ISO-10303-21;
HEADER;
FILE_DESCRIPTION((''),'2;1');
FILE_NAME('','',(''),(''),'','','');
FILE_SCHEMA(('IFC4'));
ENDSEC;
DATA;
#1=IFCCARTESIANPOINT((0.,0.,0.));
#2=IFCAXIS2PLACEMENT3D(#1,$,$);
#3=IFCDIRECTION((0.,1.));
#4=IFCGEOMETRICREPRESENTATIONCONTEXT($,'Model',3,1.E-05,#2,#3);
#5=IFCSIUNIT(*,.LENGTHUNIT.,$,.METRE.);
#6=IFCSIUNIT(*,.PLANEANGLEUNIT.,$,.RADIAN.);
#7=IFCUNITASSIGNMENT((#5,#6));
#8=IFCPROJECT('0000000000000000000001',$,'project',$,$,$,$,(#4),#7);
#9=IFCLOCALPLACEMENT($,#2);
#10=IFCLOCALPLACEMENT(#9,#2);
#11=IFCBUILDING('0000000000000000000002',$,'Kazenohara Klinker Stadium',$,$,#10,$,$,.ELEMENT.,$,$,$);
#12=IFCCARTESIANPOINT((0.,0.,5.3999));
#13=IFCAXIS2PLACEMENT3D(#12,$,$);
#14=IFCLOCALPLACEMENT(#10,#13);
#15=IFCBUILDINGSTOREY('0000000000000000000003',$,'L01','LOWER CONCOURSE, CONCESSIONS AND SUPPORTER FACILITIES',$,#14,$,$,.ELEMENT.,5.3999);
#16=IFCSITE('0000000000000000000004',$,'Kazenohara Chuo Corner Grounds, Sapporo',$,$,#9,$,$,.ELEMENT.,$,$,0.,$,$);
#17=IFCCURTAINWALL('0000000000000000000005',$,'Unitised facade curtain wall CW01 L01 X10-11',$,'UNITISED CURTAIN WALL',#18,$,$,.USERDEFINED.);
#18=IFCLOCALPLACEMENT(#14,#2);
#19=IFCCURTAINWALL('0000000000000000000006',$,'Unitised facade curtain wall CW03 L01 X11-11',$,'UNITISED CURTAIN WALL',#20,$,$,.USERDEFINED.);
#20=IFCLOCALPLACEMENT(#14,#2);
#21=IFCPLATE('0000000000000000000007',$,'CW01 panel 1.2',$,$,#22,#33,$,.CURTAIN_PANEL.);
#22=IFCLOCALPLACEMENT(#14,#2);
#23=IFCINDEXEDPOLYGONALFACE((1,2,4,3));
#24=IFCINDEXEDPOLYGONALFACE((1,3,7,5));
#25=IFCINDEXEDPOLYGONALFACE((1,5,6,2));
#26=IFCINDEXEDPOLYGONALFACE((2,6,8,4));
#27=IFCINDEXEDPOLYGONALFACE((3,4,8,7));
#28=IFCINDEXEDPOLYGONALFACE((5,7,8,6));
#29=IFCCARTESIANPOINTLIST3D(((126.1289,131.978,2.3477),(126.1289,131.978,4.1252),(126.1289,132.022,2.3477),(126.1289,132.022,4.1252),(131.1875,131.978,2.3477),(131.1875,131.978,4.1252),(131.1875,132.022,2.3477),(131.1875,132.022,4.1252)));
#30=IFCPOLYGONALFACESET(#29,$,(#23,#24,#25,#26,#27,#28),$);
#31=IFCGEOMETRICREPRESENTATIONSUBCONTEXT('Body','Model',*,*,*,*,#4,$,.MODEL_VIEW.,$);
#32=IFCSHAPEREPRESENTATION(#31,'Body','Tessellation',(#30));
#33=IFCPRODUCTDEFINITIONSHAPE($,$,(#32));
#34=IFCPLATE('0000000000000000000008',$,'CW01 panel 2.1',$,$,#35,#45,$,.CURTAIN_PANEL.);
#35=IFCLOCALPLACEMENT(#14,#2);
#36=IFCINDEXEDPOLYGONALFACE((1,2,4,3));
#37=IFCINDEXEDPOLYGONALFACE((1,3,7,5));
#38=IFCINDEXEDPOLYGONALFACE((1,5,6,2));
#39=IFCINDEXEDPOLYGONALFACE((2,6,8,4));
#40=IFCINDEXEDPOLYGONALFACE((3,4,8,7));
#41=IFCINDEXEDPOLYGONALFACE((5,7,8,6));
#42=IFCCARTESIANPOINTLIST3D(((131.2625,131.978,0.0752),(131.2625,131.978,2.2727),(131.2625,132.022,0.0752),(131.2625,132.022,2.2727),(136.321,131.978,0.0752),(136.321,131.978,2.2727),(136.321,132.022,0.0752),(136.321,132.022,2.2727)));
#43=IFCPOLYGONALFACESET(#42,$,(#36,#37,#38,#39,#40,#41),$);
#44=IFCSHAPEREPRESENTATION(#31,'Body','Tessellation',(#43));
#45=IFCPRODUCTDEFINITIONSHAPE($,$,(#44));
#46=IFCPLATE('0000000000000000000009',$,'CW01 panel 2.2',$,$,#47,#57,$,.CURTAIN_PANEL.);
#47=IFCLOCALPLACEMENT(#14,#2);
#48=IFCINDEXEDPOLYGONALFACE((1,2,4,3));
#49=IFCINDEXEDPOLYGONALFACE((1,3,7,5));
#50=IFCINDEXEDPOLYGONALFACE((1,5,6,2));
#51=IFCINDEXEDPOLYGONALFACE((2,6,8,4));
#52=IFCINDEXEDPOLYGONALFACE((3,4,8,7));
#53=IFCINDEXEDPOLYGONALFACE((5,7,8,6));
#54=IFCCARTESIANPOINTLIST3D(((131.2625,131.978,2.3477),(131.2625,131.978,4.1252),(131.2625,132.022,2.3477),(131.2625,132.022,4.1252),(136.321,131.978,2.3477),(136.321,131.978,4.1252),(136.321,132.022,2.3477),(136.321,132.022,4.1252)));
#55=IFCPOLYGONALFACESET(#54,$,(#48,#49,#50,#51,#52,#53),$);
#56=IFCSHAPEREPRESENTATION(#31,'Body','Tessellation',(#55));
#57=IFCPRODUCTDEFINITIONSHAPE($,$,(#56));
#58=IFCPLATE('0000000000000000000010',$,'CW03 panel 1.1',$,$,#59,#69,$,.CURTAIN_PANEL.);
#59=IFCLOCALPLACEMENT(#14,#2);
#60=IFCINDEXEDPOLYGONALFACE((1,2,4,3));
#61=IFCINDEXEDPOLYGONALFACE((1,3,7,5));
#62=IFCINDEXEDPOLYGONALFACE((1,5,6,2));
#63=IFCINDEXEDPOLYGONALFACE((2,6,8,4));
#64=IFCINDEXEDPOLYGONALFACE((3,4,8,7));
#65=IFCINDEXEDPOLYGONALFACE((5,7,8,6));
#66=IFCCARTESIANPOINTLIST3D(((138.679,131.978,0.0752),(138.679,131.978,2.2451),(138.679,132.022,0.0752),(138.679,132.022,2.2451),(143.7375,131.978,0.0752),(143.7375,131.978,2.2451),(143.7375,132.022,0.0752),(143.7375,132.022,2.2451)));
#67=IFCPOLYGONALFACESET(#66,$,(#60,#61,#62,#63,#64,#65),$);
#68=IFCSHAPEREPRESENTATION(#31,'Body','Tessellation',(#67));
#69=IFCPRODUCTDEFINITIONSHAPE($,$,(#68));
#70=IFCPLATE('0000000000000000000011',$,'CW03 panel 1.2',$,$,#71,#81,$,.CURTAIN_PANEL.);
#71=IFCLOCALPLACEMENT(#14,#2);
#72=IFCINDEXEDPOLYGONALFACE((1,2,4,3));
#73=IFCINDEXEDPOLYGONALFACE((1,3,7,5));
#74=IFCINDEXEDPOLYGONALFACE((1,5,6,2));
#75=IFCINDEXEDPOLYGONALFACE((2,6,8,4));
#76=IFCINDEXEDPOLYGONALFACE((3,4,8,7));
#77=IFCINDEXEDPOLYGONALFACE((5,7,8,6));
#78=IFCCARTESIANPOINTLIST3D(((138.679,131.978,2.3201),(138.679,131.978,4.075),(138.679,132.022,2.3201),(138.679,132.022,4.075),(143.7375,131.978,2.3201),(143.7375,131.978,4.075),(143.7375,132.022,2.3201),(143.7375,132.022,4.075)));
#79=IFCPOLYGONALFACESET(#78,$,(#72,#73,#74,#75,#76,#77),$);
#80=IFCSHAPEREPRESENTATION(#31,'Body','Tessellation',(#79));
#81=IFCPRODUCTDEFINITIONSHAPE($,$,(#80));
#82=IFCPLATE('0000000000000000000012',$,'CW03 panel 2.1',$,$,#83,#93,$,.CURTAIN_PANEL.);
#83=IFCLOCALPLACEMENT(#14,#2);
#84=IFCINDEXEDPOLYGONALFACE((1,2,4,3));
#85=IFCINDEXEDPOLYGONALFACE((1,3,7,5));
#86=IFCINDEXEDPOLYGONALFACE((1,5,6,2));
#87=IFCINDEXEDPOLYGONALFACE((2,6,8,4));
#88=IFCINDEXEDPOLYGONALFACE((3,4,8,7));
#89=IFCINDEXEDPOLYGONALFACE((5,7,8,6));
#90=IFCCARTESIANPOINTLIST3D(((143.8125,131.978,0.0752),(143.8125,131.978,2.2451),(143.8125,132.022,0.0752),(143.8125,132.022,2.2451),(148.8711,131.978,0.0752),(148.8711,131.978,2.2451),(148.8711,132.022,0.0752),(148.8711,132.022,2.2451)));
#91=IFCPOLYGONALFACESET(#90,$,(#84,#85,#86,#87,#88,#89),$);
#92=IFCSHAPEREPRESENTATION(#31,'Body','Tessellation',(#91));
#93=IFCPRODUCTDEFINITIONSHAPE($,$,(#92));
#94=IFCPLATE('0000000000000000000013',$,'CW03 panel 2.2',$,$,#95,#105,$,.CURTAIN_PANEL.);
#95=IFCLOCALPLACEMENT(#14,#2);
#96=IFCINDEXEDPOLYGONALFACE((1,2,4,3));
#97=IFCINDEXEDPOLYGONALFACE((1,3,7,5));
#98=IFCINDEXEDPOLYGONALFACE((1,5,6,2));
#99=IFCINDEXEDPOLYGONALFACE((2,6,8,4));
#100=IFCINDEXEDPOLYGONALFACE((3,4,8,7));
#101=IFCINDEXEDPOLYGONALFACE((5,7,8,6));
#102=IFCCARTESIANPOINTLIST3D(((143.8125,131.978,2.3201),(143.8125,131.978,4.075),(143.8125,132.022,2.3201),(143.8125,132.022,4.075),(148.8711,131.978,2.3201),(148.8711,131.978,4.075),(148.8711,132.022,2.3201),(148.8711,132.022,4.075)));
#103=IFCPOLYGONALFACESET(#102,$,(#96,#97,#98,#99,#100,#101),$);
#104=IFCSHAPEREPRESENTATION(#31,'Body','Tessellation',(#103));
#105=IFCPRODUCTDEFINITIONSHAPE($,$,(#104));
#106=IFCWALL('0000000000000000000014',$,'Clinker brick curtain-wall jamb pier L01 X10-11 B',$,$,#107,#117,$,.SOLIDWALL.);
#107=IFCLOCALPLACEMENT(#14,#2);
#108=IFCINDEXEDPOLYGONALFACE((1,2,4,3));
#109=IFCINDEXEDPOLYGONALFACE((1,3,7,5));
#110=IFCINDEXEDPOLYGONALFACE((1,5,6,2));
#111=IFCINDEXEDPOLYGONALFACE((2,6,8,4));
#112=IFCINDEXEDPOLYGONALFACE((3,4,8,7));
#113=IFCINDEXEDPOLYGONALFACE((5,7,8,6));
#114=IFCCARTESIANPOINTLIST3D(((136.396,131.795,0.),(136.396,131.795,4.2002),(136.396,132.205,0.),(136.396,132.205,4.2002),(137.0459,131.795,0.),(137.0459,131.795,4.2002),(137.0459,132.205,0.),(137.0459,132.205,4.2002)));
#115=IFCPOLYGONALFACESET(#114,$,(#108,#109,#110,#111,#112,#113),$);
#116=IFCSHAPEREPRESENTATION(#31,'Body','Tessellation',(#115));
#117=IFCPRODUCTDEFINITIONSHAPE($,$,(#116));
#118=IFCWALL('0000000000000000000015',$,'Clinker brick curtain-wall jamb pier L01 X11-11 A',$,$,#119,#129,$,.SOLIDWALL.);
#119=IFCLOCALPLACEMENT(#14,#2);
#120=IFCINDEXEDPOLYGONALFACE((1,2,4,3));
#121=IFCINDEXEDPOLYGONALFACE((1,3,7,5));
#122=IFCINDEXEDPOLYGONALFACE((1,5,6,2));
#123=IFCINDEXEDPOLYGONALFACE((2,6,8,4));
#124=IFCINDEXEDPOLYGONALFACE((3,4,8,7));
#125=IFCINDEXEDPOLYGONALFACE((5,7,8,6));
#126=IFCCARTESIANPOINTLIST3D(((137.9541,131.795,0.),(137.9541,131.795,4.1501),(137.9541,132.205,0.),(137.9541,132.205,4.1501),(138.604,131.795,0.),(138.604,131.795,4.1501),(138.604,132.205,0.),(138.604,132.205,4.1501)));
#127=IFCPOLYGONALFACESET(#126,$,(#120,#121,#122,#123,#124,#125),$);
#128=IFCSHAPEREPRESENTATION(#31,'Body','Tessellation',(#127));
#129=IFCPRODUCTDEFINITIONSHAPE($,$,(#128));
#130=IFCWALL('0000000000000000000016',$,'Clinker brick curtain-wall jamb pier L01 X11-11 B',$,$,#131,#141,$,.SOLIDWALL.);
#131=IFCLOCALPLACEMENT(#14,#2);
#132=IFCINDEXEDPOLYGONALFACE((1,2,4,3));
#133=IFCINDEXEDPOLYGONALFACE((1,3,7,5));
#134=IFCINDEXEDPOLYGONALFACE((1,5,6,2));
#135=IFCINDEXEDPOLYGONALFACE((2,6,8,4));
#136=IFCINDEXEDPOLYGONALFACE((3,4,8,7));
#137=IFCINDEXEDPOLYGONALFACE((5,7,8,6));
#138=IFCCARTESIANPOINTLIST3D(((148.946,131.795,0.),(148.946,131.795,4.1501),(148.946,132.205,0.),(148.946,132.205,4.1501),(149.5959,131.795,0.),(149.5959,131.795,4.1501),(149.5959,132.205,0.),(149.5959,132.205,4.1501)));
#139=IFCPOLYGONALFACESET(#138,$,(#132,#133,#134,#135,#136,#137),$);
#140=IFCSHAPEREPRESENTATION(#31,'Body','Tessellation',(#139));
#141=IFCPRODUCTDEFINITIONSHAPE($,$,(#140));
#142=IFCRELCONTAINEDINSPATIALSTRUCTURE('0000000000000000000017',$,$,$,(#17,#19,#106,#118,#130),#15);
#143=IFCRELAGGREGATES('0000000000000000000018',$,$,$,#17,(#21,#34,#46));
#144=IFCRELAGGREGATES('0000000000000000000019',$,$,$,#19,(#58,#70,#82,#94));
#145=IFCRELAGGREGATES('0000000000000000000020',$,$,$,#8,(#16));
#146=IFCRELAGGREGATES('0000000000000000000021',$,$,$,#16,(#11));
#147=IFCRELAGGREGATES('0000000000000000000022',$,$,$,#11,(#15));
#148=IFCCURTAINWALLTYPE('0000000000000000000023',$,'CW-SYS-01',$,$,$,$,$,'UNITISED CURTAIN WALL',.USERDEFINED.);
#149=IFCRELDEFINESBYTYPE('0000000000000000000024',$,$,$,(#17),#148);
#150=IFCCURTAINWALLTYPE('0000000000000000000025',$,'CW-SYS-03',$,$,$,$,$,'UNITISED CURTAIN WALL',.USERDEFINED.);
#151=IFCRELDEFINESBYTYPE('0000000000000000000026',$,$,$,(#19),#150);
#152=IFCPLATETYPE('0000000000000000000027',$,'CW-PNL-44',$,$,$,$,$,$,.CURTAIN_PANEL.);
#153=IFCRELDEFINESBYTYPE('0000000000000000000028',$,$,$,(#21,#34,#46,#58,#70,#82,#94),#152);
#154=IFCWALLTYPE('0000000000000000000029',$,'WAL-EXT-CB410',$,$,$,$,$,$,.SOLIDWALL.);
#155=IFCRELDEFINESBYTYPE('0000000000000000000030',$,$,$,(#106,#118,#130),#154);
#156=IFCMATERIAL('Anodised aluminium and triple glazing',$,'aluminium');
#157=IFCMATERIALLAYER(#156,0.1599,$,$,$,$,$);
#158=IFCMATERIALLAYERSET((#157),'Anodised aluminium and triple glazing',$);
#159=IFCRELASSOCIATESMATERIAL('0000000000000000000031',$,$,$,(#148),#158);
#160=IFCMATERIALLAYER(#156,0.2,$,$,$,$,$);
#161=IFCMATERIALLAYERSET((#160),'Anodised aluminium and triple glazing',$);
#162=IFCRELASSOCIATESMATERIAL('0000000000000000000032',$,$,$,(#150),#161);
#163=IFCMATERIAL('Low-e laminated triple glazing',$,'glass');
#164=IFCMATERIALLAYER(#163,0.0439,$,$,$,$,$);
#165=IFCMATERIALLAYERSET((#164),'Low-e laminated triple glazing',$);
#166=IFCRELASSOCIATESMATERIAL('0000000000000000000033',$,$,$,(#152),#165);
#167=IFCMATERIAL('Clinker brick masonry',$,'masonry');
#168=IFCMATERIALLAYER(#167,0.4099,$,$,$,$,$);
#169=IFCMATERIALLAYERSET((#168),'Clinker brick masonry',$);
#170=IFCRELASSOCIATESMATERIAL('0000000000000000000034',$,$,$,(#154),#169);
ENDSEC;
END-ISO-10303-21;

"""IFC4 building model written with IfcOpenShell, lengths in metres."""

from ifc_helpers import new_model, si_unit, direction, frame, frame_2d, origin, origin_2d, place, context, subcontext, project, spatial, rectangle, extrude, material, layer, layer_set, type_object, element, aggregate, save


model = new_model("IFC4")

# Units and contexts
model_context = context("Model", 3, precision=1e-05, world=origin(), true_north=direction((0.0, 1.0)))
body_context = subcontext(model_context, "Body", "Model", "MODEL_VIEW")
ifc_project = project(units=[si_unit("LENGTHUNIT", "METRE"), si_unit("PLANEANGLEUNIT", "RADIAN")], contexts=[model_context])

# Site, building, storey
site_placement = place(None, origin())
site = spatial("IfcSite", under=ifc_project, at=site_placement, Name="Kazenohara Chuo Corner Grounds, Sapporo", CompositionType="ELEMENT", RefElevation=0.0)
building_placement = place(site_placement, origin())
building = spatial("IfcBuilding", under=site, at=building_placement, Name="Kazenohara Klinker Stadium", CompositionType="ELEMENT")
storey_placement = place(building_placement, frame((0.0, 0.0, 5.3999)))
storey = spatial("IfcBuildingStorey", under=building, at=storey_placement, Name="L01", Description="LOWER CONCOURSE, CONCESSIONS AND SUPPORTER FACILITIES", CompositionType="ELEMENT", Elevation=5.3999)

# Curtain walls
ifc_material_1 = material(Name="Anodised aluminium and triple glazing", Category="aluminium")
ifc_layer_1 = layer(ifc_material_1, 0.1599)
ifc_layer_set_1 = layer_set([ifc_layer_1], Name="Anodised aluminium and triple glazing")
curtain_wall_type_1 = type_object("IfcCurtainWallType", Name="CW-SYS-01", ElementType="UNITISED CURTAIN WALL", PredefinedType="USERDEFINED", material=ifc_layer_set_1)
curtain_wall_1_placement = place(storey_placement, origin())
curtain_wall_1 = element("IfcCurtainWall", 1, at=curtain_wall_1_placement, inside=storey, type_object=curtain_wall_type_1, Name="Unitised facade curtain wall CW01 L01 X10-11", ObjectType="UNITISED CURTAIN WALL", PredefinedType="USERDEFINED")
ifc_layer_2 = layer(ifc_material_1, 0.2)
ifc_layer_set_2 = layer_set([ifc_layer_2], Name="Anodised aluminium and triple glazing")
curtain_wall_type_2 = type_object("IfcCurtainWallType", Name="CW-SYS-03", ElementType="UNITISED CURTAIN WALL", PredefinedType="USERDEFINED", material=ifc_layer_set_2)
curtain_wall_2_placement = place(storey_placement, origin())
curtain_wall_2 = element("IfcCurtainWall", 2, at=curtain_wall_2_placement, inside=storey, type_object=curtain_wall_type_2, Name="Unitised facade curtain wall CW03 L01 X11-11", ObjectType="UNITISED CURTAIN WALL", PredefinedType="USERDEFINED")

# Plates
ifc_material_2 = material(Name="Low-e laminated triple glazing", Category="glass")
ifc_layer_3 = layer(ifc_material_2, 0.0439)
ifc_layer_set_3 = layer_set([ifc_layer_3], Name="Low-e laminated triple glazing")
plate_type = type_object("IfcPlateType", Name="CW-PNL-44", PredefinedType="CURTAIN_PANEL", material=ifc_layer_set_3)
plate_1_placement = place(storey_placement, frame((128.6582, 132.0, 2.3477), z_axis=(0.0, 0.0, 1.0), x_axis=(1.0, 0.0, 0.0)))
plate_1 = element("IfcPlate", 3, at=plate_1_placement, type_object=plate_type, Name="CW01 panel 1.2", PredefinedType="CURTAIN_PANEL", context=body_context, shape_type="SweptSolid", body=[
    extrude(rectangle(XDim=5.0586, YDim=0.0439, at=origin_2d()), origin(), (0.0, 0.0, 1.0), 1.7776),
])
plate_2_placement = place(storey_placement, frame((133.7917, 132.0, 0.0752), z_axis=(0.0, 0.0, 1.0), x_axis=(1.0, 0.0, 0.0)))
plate_2 = element("IfcPlate", 4, at=plate_2_placement, type_object=plate_type, Name="CW01 panel 2.1", PredefinedType="CURTAIN_PANEL", context=body_context, shape_type="SweptSolid", body=[
    extrude(rectangle(XDim=5.0586, YDim=0.0439, at=origin_2d()), origin(), (0.0, 0.0, 1.0), 2.1975),
])
plate_3_placement = place(storey_placement, frame((133.7917, 132.0, 2.3477), z_axis=(0.0, 0.0, 1.0), x_axis=(1.0, 0.0, 0.0)))
plate_3 = element("IfcPlate", 5, at=plate_3_placement, type_object=plate_type, Name="CW01 panel 2.2", PredefinedType="CURTAIN_PANEL", context=body_context, shape_type="SweptSolid", body=[
    extrude(rectangle(XDim=5.0586, YDim=0.0439, at=origin_2d()), origin(), (0.0, 0.0, 1.0), 1.7776),
])
aggregate(curtain_wall_1, [plate_1, plate_2, plate_3])
plate_4_placement = place(storey_placement, frame((141.2083, 132.0, 0.0752), z_axis=(0.0, 0.0, 1.0), x_axis=(1.0, 0.0, 0.0)))
plate_4 = element("IfcPlate", 6, at=plate_4_placement, type_object=plate_type, Name="CW03 panel 1.1", PredefinedType="CURTAIN_PANEL", context=body_context, shape_type="SweptSolid", body=[
    extrude(rectangle(XDim=5.0586, YDim=0.0439, at=origin_2d()), origin(), (0.0, 0.0, 1.0), 2.1699),
])
plate_5_placement = place(storey_placement, frame((141.2083, 132.0, 2.3201), z_axis=(0.0, 0.0, 1.0), x_axis=(1.0, 0.0, 0.0)))
plate_5 = element("IfcPlate", 7, at=plate_5_placement, type_object=plate_type, Name="CW03 panel 1.2", PredefinedType="CURTAIN_PANEL", context=body_context, shape_type="SweptSolid", body=[
    extrude(rectangle(XDim=5.0586, YDim=0.0439, at=origin_2d()), origin(), (0.0, 0.0, 1.0), 1.7549),
])
plate_6_placement = place(storey_placement, frame((146.3418, 132.0, 0.0752), z_axis=(0.0, 0.0, 1.0), x_axis=(1.0, 0.0, 0.0)))
plate_6 = element("IfcPlate", 8, at=plate_6_placement, type_object=plate_type, Name="CW03 panel 2.1", PredefinedType="CURTAIN_PANEL", context=body_context, shape_type="SweptSolid", body=[
    extrude(rectangle(XDim=5.0586, YDim=0.0439, at=origin_2d()), origin(), (0.0, 0.0, 1.0), 2.1699),
])
plate_7_placement = place(storey_placement, frame((146.3418, 132.0, 2.3201), z_axis=(0.0, 0.0, 1.0), x_axis=(1.0, 0.0, 0.0)))
plate_7 = element("IfcPlate", 9, at=plate_7_placement, type_object=plate_type, Name="CW03 panel 2.2", PredefinedType="CURTAIN_PANEL", context=body_context, shape_type="SweptSolid", body=[
    extrude(rectangle(XDim=5.0586, YDim=0.0439, at=origin_2d()), origin(), (0.0, 0.0, 1.0), 1.7549),
])
aggregate(curtain_wall_2, [plate_4, plate_5, plate_6, plate_7])

# Walls
ifc_material_3 = material(Name="Clinker brick masonry", Category="masonry")
ifc_layer_4 = layer(ifc_material_3, 0.4099)
ifc_layer_set_4 = layer_set([ifc_layer_4], Name="Clinker brick masonry")
wall_type = type_object("IfcWallType", Name="WAL-EXT-CB410", PredefinedType="SOLIDWALL", material=ifc_layer_set_4)
wall_placement = place(storey_placement, frame((136.396, 132.0, 0.0), z_axis=(0.0, 0.0, 1.0), x_axis=(1.0, 0.0, 0.0)))
element("IfcWall", 10, at=wall_placement, inside=storey, type_object=wall_type, Name="Clinker brick curtain-wall jamb pier L01 X10-11 B", PredefinedType="SOLIDWALL", context=body_context, shape_type="SweptSolid", body=[
    extrude(rectangle(XDim=0.6499, YDim=0.4099, at=frame_2d((0.325, 0.0))), origin(), (0.0, 0.0, 1.0), 4.2002),
])
for number, where, z_axis, x_axis, name in (
    (11, (137.9541, 132.0, 0.0), (0.0, 0.0, 1.0), (1.0, 0.0, 0.0), "Clinker brick curtain-wall jamb pier L01 X11-11 A"),
    (12, (148.946, 132.0, 0.0), (0.0, 0.0, 1.0), (1.0, 0.0, 0.0), "Clinker brick curtain-wall jamb pier L01 X11-11 B"),
):
    element("IfcWall", number, at=place(storey_placement, frame(where, z_axis=z_axis, x_axis=x_axis)), inside=storey, type_object=wall_type, Name=name, PredefinedType="SOLIDWALL", context=body_context, shape_type="SweptSolid", body=[
        extrude(rectangle(XDim=0.6499, YDim=0.4099, at=frame_2d((0.325, 0.0))), origin(), (0.0, 0.0, 1.0), 4.1501),
    ])

save(model, "model.ifc")
